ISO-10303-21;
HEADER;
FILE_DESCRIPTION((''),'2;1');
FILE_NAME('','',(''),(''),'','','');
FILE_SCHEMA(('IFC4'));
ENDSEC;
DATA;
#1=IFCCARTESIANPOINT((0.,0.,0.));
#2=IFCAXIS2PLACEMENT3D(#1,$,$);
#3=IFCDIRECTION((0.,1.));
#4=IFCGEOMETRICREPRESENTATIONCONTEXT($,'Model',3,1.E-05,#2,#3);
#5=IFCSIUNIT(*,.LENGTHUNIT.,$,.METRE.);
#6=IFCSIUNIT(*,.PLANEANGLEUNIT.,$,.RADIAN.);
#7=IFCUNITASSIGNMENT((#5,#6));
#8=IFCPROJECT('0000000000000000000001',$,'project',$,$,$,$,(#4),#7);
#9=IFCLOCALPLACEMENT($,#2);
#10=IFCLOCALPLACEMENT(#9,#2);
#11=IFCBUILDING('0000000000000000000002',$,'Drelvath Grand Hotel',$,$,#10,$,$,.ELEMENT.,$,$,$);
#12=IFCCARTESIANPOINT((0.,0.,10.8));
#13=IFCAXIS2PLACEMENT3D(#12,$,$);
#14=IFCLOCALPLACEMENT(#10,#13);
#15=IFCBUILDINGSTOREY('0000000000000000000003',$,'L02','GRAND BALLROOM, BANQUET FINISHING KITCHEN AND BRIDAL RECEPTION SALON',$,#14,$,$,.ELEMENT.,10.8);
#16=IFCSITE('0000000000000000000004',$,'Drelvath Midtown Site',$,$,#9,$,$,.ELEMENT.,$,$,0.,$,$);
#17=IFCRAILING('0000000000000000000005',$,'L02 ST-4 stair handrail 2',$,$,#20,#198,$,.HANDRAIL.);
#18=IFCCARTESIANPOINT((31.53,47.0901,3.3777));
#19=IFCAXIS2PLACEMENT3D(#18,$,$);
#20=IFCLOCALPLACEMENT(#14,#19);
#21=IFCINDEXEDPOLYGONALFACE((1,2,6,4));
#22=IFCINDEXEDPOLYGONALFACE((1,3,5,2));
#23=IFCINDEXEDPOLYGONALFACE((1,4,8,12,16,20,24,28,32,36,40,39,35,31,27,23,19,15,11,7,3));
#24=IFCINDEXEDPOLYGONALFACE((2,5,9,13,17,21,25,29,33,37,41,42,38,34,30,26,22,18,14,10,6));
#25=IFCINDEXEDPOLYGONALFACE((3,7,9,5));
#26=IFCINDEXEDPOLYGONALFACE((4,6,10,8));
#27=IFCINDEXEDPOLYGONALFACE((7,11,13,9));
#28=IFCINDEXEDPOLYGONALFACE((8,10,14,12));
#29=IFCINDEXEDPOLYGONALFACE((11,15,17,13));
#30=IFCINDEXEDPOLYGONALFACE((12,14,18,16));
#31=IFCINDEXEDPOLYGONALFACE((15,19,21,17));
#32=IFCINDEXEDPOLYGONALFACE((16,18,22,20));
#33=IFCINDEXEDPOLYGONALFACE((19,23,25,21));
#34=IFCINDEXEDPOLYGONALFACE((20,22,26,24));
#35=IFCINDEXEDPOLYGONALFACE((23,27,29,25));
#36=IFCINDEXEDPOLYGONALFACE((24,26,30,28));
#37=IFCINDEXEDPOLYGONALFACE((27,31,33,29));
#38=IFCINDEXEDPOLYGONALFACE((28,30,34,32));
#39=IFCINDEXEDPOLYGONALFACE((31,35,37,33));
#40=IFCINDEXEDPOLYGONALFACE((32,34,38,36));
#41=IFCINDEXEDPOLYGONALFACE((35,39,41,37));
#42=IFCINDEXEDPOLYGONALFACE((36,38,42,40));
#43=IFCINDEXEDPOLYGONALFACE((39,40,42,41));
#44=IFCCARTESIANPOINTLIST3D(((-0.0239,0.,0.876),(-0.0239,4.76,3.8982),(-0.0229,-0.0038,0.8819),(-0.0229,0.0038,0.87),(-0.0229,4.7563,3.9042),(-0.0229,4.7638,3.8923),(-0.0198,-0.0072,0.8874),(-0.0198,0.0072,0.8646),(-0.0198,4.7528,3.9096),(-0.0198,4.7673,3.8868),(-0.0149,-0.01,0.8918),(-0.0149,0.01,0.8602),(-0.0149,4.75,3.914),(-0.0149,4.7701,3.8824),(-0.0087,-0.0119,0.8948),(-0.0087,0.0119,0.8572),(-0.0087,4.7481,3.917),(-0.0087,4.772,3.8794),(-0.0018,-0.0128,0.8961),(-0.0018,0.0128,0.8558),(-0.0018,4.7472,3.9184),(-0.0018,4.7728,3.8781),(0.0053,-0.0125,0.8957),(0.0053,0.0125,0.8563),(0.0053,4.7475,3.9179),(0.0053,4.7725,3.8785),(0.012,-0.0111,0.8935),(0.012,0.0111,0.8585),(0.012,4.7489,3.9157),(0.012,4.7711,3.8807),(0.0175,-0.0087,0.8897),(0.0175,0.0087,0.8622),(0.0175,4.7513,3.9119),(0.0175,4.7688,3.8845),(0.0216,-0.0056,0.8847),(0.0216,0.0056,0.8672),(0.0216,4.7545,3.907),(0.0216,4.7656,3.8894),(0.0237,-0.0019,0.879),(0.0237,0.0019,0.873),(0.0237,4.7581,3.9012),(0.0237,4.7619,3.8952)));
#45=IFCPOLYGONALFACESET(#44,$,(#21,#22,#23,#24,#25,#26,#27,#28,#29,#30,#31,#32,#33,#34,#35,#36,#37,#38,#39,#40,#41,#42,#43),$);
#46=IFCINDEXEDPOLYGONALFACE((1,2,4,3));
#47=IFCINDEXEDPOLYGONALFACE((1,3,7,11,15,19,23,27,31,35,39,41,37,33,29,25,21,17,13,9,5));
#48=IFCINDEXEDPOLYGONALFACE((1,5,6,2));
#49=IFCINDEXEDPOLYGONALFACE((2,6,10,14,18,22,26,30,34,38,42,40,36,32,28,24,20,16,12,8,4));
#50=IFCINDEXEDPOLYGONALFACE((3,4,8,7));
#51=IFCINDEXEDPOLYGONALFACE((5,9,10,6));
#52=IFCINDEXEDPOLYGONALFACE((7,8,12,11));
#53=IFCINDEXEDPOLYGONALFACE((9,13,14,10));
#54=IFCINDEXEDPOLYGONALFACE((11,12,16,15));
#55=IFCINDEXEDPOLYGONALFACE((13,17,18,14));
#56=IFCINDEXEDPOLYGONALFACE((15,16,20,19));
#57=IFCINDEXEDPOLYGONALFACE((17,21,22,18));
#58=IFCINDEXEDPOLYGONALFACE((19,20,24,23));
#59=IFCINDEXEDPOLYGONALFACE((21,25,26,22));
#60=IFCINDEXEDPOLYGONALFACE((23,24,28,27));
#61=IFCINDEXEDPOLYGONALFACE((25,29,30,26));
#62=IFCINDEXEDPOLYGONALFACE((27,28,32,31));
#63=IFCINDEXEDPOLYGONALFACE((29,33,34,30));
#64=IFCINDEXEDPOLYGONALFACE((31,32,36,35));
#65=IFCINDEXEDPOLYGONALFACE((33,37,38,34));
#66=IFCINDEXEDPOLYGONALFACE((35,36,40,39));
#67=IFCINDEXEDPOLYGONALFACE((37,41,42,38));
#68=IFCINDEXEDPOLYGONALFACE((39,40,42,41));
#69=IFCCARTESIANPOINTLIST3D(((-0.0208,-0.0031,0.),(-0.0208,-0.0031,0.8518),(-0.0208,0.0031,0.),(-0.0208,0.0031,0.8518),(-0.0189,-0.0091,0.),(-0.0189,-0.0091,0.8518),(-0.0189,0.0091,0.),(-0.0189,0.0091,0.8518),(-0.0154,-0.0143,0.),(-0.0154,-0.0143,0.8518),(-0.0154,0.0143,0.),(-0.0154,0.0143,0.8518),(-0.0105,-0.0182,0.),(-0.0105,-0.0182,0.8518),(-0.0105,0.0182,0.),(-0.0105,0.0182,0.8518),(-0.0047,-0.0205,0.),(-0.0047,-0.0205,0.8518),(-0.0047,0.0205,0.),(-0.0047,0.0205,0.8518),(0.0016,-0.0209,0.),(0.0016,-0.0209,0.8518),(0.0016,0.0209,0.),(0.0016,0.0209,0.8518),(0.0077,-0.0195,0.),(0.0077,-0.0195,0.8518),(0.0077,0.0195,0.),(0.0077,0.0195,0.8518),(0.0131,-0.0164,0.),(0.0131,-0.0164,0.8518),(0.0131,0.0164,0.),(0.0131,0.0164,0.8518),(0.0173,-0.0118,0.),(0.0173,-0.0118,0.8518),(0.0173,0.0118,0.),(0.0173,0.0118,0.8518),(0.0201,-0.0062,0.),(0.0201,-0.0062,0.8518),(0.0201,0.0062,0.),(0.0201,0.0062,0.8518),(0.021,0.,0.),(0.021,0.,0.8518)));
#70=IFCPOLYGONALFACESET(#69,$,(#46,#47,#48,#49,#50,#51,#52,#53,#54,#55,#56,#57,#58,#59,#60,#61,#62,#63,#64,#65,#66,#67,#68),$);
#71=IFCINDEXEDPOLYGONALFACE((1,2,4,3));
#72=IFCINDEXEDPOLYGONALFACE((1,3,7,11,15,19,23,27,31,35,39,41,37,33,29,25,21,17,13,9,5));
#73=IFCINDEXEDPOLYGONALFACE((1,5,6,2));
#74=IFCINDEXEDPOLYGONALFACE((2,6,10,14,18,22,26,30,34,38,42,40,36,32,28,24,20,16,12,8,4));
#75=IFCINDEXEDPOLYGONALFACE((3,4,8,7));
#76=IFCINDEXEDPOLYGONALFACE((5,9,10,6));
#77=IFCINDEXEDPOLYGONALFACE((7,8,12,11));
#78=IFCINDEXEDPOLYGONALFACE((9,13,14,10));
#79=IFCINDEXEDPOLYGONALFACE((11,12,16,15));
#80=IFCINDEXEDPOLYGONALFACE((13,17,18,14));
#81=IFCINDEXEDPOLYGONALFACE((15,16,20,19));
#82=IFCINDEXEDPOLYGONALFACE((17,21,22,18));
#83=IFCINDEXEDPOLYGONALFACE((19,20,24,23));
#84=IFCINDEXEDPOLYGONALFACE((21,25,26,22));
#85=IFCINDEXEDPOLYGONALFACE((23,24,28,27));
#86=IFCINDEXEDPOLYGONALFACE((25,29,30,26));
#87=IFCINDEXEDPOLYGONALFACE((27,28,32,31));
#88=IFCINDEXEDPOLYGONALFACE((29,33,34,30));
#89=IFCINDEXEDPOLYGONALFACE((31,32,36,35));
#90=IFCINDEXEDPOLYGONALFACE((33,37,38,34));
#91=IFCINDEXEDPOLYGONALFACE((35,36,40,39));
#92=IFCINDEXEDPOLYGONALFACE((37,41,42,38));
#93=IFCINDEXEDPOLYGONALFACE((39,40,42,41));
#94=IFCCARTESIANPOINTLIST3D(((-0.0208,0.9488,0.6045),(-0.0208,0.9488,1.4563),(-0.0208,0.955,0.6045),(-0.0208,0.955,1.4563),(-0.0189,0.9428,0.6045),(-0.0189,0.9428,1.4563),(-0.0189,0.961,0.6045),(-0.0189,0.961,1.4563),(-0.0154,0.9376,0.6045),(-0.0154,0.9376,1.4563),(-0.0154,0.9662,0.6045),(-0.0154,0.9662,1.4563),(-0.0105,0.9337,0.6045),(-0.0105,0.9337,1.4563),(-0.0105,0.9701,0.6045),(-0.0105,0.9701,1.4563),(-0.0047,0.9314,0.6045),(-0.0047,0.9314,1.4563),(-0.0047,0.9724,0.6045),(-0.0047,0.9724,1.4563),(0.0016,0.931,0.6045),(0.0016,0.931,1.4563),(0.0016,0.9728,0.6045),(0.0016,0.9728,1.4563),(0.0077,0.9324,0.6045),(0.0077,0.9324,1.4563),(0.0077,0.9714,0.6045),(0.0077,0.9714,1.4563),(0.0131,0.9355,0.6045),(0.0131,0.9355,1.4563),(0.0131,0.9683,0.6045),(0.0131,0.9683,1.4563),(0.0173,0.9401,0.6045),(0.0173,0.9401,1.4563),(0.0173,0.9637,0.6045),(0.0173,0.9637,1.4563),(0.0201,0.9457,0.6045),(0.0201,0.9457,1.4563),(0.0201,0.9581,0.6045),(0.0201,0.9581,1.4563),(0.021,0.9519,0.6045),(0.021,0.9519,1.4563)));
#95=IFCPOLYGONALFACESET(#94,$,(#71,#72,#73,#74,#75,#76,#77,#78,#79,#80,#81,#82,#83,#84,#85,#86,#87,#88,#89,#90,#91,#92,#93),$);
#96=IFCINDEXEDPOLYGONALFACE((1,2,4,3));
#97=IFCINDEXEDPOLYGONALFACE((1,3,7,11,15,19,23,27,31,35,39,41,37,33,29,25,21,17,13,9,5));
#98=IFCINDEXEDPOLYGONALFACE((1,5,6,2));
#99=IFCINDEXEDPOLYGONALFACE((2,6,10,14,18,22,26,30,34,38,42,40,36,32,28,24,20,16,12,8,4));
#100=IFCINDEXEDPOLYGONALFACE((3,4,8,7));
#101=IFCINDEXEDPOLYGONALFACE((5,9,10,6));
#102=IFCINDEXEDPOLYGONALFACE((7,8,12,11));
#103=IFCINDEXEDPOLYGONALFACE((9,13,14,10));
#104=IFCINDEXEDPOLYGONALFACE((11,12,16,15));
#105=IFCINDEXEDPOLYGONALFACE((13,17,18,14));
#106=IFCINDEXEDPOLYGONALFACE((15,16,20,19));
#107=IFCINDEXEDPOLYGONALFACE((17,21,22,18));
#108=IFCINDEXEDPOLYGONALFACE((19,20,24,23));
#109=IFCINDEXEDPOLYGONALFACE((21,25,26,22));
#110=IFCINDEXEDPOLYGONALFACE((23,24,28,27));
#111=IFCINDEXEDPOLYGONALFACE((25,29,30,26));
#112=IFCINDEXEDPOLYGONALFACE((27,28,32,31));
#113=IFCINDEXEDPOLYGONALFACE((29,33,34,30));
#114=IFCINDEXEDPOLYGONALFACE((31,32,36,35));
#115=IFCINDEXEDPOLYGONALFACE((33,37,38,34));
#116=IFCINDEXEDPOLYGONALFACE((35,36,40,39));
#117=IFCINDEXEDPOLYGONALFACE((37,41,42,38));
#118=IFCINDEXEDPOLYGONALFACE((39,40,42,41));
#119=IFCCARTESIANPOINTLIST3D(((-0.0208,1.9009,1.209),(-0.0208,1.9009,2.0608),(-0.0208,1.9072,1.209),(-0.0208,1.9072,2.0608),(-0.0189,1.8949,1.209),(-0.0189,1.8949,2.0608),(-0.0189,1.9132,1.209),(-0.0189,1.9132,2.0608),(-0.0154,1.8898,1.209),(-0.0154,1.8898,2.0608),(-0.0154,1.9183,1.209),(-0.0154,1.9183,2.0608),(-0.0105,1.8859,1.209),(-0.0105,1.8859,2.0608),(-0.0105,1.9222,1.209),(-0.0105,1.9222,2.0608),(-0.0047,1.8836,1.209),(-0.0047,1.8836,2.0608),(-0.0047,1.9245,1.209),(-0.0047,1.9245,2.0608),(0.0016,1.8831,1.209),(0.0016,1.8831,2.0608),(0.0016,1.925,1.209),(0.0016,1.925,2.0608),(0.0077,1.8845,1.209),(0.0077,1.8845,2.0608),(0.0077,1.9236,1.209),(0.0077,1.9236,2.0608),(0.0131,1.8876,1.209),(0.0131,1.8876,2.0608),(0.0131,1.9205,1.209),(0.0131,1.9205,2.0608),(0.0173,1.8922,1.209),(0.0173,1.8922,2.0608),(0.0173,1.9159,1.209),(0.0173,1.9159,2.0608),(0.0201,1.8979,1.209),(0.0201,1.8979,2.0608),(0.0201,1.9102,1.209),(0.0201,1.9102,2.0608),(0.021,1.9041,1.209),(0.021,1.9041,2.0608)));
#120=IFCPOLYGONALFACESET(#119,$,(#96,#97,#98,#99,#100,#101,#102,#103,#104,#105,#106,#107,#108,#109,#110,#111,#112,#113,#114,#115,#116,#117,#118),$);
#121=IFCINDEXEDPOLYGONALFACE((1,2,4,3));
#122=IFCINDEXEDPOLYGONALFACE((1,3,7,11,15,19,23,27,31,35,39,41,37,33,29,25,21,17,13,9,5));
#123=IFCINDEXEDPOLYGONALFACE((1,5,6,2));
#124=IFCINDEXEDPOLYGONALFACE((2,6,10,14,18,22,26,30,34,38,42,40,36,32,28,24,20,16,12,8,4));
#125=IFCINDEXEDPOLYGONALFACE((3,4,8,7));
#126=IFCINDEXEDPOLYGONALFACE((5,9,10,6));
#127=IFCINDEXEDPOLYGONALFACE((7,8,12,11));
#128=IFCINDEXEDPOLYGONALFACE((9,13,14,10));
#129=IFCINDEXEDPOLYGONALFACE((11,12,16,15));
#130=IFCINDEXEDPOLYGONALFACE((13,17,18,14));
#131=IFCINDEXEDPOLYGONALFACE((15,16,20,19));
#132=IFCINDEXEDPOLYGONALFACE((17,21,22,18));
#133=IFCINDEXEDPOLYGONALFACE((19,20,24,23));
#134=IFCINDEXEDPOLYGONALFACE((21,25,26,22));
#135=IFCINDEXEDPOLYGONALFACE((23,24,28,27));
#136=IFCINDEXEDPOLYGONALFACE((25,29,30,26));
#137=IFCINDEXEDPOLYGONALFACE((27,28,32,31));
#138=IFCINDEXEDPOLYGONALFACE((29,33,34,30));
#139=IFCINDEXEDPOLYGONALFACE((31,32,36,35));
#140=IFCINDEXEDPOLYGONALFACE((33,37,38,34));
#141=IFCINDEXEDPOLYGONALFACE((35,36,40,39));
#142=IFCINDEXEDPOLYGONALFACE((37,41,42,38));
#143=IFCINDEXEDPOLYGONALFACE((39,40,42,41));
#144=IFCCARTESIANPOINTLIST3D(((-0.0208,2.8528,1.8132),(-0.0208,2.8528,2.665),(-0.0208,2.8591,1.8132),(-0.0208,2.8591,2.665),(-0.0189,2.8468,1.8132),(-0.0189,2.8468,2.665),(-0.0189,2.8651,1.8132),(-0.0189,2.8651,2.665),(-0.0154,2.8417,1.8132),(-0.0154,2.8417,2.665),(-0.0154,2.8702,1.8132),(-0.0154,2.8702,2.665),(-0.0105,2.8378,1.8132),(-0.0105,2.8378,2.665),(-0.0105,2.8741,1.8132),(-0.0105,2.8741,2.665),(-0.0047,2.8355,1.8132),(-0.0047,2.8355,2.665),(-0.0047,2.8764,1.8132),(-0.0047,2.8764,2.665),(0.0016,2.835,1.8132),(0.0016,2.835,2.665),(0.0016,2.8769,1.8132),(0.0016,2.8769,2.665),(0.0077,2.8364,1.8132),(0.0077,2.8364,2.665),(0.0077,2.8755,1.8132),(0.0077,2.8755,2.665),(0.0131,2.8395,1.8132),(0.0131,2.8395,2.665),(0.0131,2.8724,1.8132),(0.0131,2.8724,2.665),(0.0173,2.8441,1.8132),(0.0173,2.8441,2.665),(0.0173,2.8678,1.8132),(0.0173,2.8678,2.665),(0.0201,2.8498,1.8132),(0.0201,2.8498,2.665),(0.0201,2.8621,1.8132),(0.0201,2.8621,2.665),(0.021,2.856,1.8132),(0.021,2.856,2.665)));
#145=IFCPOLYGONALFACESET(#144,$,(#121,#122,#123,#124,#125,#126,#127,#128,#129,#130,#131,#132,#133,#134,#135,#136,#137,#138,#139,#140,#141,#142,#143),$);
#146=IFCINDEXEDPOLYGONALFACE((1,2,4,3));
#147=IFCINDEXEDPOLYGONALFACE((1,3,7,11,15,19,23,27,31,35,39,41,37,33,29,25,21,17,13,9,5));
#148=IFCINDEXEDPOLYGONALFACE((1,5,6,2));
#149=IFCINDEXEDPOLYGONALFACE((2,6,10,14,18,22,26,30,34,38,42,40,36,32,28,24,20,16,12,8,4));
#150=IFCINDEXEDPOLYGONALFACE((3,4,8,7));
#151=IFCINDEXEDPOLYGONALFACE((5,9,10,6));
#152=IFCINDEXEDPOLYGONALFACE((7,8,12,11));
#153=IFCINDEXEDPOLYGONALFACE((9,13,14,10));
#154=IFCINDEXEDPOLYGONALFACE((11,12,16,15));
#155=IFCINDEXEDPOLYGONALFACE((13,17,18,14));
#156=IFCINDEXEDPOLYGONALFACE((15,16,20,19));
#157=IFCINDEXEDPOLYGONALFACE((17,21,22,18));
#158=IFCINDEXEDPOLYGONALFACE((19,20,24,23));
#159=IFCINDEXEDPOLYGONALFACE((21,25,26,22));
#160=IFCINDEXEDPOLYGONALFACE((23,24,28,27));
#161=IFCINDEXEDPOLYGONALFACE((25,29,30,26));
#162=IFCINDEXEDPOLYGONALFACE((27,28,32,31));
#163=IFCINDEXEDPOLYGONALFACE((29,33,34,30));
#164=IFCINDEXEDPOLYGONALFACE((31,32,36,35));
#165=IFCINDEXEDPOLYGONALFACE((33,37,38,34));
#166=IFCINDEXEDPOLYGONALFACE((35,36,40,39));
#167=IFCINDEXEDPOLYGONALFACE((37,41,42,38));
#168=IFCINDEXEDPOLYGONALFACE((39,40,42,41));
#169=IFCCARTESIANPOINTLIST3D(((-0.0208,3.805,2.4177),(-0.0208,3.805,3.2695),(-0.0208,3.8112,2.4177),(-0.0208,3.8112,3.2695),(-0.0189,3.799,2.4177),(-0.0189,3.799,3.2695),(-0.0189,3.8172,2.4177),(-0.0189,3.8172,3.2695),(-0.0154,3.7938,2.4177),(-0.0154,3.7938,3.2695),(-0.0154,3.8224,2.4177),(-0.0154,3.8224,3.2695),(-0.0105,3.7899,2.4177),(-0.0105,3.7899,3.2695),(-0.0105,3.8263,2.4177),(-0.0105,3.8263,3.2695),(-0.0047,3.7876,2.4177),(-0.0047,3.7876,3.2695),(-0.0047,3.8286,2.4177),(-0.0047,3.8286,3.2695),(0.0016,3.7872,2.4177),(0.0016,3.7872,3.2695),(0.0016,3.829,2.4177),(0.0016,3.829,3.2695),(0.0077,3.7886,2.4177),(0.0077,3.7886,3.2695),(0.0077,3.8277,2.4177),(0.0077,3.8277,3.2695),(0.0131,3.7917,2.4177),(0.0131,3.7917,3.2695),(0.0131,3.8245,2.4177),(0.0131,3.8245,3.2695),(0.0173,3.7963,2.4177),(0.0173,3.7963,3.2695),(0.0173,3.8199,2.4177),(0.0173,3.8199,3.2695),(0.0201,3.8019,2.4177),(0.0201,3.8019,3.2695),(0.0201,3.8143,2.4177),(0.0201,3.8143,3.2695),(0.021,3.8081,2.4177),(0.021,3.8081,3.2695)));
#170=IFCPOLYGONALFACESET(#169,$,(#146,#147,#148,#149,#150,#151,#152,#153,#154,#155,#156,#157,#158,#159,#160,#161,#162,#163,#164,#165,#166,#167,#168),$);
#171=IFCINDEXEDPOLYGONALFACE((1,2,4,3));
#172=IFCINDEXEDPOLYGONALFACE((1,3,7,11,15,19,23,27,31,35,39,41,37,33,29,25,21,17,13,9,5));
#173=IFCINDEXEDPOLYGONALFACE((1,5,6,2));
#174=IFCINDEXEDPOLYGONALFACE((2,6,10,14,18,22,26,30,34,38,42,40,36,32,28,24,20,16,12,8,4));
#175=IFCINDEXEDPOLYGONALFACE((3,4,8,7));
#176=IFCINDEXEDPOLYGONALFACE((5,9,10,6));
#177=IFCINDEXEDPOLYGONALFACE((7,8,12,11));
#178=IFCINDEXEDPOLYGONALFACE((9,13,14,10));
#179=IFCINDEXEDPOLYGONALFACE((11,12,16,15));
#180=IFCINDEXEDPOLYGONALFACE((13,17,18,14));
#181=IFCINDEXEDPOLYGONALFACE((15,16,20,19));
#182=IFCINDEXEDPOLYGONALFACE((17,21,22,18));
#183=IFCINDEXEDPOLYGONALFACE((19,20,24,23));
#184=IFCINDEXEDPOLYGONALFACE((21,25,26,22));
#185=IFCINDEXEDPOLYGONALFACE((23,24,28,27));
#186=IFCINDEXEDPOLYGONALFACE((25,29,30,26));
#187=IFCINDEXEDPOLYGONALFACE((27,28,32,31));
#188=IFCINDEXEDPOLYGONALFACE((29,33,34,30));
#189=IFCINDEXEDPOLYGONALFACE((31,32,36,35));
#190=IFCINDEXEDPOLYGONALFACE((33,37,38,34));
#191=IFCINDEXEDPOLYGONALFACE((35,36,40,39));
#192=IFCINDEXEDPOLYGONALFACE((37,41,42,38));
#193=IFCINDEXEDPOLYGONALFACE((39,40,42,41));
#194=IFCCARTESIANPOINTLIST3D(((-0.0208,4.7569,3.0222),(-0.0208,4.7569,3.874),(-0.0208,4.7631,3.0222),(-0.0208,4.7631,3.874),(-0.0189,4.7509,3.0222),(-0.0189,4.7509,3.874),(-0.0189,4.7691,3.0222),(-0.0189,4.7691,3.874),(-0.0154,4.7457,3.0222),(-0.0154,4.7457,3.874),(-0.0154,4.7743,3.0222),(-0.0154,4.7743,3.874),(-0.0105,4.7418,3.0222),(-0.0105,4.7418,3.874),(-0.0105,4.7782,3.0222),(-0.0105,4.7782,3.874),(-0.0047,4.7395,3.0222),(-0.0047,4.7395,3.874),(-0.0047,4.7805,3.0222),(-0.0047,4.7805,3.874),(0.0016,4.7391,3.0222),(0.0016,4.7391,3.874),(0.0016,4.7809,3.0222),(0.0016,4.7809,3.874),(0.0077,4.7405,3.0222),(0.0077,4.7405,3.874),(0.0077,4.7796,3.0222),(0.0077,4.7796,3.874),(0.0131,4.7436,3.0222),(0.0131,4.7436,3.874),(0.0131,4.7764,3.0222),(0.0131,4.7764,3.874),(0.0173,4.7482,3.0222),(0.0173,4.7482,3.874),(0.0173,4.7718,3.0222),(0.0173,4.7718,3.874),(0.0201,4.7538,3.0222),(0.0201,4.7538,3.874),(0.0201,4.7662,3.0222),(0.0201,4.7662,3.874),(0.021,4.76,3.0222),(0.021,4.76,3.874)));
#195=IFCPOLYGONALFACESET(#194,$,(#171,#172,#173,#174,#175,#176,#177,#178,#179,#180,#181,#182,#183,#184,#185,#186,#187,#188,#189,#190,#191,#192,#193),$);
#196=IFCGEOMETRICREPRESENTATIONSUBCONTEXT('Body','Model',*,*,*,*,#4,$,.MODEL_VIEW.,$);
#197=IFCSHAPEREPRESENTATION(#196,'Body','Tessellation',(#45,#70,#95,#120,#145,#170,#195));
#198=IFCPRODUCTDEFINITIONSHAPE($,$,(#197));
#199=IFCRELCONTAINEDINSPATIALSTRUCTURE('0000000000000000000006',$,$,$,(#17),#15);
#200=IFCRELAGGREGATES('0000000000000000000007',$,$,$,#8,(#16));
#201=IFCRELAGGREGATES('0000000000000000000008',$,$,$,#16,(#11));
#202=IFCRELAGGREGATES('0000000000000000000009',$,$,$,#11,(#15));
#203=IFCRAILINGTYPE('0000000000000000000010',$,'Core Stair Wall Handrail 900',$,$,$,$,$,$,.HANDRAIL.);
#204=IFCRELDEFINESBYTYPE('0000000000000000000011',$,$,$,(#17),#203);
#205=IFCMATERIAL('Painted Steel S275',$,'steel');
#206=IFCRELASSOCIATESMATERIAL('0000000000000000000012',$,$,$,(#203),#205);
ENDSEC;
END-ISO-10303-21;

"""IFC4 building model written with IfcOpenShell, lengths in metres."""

from ifc_helpers import new_model, si_unit, direction, frame, origin, origin_2d, place, context, subcontext, project, spatial, circle, extrude, material, type_object, element, save


model = new_model("IFC4")

# Units and contexts
model_context = context("Model", 3, precision=1e-05, world=origin(), true_north=direction((0.0, 1.0)))
body_context = subcontext(model_context, "Body", "Model", "MODEL_VIEW")
ifc_project = project(units=[si_unit("LENGTHUNIT", "METRE"), si_unit("PLANEANGLEUNIT", "RADIAN")], contexts=[model_context])

# Site, building, storey
site_placement = place(None, origin())
site = spatial("IfcSite", under=ifc_project, at=site_placement, Name="Drelvath Midtown Site", CompositionType="ELEMENT", RefElevation=0.0)
building_placement = place(site_placement, origin())
building = spatial("IfcBuilding", under=site, at=building_placement, Name="Drelvath Grand Hotel", CompositionType="ELEMENT")
storey_placement = place(building_placement, frame((0.0, 0.0, 10.8)))
storey = spatial("IfcBuildingStorey", under=building, at=storey_placement, Name="L02", Description="GRAND BALLROOM, BANQUET FINISHING KITCHEN AND BRIDAL RECEPTION SALON", CompositionType="ELEMENT", Elevation=10.8)

# Railing
ifc_material_1 = material(Name="Painted Steel S275", Category="steel")
railing_type_1 = type_object("IfcRailingType", Name="Core Stair Wall Handrail 900", PredefinedType="HANDRAIL", material=ifc_material_1)
railing_1_placement = place(storey_placement, frame((31.53, 47.0901, 3.3777)))
element("IfcRailing", 1, at=railing_1_placement, inside=storey, type_object=railing_type_1, Name="L02 ST-4 stair handrail 2", PredefinedType="HANDRAIL", context=body_context, shape_type="SweptSolid", body=[
    extrude(circle(Radius=0.0239, at=origin_2d()), frame((0.0, 0.0, 0.876), z_axis=(0.0, 0.844214, 0.536007), x_axis=(-1.0, 0.0, 0.0)), (0.0, 0.0, 1.0), 5.6384),
    extrude(circle(Radius=0.021, at=origin_2d()), origin(), (0.0, 0.0, 1.0), 0.8518),
    extrude(circle(Radius=0.021, at=origin_2d()), frame((0.0, 0.9519, 0.6045)), (0.0, 0.0, 1.0), 0.8518),
    extrude(circle(Radius=0.021, at=origin_2d()), frame((0.0, 1.9041, 1.209)), (0.0, 0.0, 1.0), 0.8518),
    extrude(circle(Radius=0.021, at=origin_2d()), frame((0.0, 2.856, 1.8132)), (0.0, 0.0, 1.0), 0.8518),
    extrude(circle(Radius=0.021, at=origin_2d()), frame((0.0, 3.8081, 2.4177)), (0.0, 0.0, 1.0), 0.8518),
    extrude(circle(Radius=0.021, at=origin_2d()), frame((0.0, 4.76, 3.0222)), (0.0, 0.0, 1.0), 0.8518),
])

save(model, "model.ifc")
